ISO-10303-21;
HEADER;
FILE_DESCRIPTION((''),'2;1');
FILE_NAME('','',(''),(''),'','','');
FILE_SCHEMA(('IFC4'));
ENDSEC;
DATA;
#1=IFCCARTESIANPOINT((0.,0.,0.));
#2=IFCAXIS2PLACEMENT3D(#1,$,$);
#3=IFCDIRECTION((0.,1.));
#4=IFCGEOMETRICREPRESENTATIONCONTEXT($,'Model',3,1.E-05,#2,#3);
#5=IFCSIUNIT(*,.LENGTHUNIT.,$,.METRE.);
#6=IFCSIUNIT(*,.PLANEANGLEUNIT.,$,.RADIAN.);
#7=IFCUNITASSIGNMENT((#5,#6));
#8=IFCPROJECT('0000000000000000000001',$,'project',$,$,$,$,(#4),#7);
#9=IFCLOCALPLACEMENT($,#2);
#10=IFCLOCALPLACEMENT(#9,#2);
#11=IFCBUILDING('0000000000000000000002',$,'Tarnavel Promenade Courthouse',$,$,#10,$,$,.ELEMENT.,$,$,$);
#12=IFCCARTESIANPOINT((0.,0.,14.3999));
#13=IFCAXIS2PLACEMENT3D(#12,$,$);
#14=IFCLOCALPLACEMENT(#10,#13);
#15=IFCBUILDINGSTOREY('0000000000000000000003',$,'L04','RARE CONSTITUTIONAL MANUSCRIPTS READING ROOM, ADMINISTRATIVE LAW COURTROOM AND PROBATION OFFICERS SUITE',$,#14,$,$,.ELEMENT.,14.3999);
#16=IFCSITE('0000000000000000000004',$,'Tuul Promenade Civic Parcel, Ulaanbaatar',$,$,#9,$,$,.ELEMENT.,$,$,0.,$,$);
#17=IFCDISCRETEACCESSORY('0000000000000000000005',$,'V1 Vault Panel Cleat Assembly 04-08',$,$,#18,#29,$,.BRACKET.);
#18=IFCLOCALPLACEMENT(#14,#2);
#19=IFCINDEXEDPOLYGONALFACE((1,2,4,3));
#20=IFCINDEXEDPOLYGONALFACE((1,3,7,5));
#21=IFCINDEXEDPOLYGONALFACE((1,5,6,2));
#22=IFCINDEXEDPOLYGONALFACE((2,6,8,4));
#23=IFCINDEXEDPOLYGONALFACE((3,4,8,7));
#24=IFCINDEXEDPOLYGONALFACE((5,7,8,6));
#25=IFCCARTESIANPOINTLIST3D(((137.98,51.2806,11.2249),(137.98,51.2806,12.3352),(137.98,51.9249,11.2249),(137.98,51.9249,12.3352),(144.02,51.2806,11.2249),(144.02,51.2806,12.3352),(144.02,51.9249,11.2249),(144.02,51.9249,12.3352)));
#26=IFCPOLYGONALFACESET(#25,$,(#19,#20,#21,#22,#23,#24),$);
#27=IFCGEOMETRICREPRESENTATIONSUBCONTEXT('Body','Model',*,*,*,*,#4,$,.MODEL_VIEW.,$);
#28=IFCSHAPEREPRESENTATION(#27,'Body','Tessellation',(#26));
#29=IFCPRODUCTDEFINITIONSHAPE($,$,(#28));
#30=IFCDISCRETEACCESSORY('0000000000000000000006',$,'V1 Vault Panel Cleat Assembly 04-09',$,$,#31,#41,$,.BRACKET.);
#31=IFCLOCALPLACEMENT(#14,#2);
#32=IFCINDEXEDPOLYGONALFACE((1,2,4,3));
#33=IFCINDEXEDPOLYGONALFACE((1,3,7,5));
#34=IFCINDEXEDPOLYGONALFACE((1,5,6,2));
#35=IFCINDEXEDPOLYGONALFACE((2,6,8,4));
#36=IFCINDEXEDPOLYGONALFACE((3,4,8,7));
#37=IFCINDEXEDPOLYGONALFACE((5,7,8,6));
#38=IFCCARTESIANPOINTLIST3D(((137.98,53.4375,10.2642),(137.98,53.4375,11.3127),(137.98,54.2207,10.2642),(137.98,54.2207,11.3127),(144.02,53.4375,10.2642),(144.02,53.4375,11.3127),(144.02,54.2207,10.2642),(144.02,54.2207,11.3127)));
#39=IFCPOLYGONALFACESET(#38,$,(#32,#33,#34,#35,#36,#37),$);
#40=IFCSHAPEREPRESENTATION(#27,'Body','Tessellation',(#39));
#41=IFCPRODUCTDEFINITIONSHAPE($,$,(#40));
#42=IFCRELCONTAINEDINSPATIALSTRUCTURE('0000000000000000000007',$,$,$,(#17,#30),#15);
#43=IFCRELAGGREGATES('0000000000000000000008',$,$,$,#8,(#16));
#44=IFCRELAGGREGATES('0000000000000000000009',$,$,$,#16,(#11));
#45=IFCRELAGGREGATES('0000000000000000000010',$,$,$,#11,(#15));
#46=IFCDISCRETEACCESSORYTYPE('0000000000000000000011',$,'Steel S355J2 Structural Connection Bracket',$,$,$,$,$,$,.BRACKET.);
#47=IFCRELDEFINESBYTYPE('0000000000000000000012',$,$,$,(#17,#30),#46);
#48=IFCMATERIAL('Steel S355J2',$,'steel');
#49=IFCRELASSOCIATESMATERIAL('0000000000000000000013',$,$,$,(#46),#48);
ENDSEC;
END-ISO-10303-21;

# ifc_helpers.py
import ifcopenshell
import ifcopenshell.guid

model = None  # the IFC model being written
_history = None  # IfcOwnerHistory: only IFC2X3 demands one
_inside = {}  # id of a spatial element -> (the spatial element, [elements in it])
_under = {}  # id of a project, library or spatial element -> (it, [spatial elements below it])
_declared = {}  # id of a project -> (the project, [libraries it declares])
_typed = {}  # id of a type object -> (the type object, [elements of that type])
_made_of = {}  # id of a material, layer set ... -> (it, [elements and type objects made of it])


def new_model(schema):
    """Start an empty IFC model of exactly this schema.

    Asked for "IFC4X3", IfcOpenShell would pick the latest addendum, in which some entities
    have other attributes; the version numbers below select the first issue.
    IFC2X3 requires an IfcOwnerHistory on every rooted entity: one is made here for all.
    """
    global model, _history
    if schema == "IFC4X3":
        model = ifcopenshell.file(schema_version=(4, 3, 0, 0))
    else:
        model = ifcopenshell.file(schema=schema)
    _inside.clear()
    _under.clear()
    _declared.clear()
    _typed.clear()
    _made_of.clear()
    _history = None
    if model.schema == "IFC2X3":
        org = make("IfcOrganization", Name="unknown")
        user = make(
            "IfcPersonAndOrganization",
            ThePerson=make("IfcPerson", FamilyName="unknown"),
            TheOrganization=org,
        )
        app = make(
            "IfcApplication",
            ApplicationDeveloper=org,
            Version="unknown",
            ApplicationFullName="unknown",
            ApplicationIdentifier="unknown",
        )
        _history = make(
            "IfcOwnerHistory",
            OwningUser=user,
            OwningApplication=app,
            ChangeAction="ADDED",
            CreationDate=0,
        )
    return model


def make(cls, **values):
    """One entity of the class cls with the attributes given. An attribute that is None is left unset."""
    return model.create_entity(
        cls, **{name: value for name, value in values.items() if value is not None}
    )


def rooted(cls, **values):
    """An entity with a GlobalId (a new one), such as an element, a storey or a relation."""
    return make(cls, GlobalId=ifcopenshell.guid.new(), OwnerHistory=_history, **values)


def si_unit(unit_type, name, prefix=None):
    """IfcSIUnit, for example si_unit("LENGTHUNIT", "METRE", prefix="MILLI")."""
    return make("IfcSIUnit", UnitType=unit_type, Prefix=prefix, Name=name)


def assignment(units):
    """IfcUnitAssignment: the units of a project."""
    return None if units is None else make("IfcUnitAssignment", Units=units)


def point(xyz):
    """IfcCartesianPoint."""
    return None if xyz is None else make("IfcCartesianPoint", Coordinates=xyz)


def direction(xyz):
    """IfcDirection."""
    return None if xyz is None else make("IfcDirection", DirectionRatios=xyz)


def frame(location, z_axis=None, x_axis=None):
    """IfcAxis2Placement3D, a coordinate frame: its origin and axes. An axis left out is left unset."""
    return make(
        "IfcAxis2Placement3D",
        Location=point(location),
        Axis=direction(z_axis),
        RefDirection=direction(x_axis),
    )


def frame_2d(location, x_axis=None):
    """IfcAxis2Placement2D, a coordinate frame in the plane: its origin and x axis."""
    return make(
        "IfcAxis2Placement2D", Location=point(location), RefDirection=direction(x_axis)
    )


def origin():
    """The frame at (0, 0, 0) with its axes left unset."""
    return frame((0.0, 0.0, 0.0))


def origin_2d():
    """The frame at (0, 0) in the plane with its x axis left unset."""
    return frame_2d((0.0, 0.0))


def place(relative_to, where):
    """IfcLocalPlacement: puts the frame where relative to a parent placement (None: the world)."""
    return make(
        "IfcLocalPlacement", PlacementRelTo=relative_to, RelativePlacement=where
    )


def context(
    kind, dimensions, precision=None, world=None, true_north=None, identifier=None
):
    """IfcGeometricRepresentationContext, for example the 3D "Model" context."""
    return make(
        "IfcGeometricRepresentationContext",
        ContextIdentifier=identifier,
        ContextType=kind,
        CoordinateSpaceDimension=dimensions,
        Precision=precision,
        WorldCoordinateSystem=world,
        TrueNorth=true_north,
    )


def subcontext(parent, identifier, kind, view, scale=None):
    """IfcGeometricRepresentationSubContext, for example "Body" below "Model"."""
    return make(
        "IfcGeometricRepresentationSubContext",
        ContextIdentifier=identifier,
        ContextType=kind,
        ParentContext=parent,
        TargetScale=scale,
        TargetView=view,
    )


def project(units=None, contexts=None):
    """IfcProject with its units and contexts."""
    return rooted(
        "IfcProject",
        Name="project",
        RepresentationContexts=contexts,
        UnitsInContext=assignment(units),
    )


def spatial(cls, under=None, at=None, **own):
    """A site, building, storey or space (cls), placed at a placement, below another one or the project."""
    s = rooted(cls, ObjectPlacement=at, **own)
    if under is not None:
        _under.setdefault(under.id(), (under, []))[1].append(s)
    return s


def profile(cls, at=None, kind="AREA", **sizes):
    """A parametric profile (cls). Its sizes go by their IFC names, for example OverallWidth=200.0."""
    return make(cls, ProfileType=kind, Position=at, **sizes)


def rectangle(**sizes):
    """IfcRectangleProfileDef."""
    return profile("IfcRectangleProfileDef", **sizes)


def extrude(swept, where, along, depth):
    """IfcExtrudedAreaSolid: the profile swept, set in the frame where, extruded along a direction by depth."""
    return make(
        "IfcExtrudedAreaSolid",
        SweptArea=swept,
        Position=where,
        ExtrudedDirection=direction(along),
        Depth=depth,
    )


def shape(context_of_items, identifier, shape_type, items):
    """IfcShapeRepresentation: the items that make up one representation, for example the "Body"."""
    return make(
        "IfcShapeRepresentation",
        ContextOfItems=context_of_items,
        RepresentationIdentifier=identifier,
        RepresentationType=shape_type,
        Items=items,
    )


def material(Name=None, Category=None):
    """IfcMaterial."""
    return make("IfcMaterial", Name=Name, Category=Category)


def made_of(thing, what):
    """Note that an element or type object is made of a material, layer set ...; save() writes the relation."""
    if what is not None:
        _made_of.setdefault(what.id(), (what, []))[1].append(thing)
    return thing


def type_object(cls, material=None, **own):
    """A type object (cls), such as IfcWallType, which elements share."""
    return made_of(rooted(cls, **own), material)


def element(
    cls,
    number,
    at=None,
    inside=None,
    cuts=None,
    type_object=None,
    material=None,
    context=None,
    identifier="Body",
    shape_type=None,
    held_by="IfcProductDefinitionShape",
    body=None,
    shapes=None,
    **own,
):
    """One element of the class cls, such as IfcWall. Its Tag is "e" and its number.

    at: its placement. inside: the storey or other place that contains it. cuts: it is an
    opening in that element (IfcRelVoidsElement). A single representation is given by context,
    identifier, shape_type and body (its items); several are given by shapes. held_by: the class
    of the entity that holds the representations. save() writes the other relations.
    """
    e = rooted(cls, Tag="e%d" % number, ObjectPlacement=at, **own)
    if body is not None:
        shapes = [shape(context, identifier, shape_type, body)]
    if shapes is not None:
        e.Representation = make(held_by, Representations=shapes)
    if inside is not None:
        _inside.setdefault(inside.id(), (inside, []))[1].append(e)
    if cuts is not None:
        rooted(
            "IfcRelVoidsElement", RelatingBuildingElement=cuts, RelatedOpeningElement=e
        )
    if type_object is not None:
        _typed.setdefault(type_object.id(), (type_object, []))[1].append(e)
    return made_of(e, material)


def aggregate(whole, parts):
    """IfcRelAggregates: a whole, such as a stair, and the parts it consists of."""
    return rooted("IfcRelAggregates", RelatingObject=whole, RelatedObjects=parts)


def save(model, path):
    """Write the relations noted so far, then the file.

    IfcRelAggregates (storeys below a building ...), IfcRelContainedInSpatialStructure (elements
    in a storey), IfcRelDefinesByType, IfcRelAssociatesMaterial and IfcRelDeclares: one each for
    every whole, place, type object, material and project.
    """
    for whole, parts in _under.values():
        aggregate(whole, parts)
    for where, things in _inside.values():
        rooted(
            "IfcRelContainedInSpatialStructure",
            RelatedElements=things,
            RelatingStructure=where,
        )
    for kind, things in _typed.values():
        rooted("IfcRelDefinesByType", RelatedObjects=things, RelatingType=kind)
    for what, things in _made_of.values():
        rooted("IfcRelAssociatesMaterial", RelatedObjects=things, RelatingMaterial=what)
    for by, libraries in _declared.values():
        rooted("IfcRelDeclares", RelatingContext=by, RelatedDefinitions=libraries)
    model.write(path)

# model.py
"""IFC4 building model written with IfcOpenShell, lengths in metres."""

from ifc_helpers import new_model, si_unit, direction, frame, origin, origin_2d, place, context, subcontext, project, spatial, rectangle, extrude, material, type_object, element, save


model = new_model("IFC4")

# Units and contexts
model_context = context("Model", 3, precision=1e-05, world=origin(), true_north=direction((0.0, 1.0)))
body_context = subcontext(model_context, "Body", "Model", "MODEL_VIEW")
ifc_project = project(units=[si_unit("LENGTHUNIT", "METRE"), si_unit("PLANEANGLEUNIT", "RADIAN")], contexts=[model_context])

# Site, building, storey
site_placement = place(None, origin())
site = spatial("IfcSite", under=ifc_project, at=site_placement, Name="Tuul Promenade Civic Parcel, Ulaanbaatar", CompositionType="ELEMENT", RefElevation=0.0)
building_placement = place(site_placement, origin())
building = spatial("IfcBuilding", under=site, at=building_placement, Name="Tarnavel Promenade Courthouse", CompositionType="ELEMENT")
storey_placement = place(building_placement, frame((0.0, 0.0, 14.3999)))
storey = spatial("IfcBuildingStorey", under=building, at=storey_placement, Name="L04", Description="RARE CONSTITUTIONAL MANUSCRIPTS READING ROOM, ADMINISTRATIVE LAW COURTROOM AND PROBATION OFFICERS SUITE", CompositionType="ELEMENT", Elevation=14.3999)

# Shared definitions
ifc_material_1 = material(Name="Steel S355J2", Category="steel")

# Discrete accessories
discrete_accessory_type = type_object("IfcDiscreteAccessoryType", Name="Steel S355J2 Structural Connection Bracket", PredefinedType="BRACKET", material=ifc_material_1)
discrete_accessory_1_placement = place(storey_placement, frame((141.0, 51.6028, 11.2249), z_axis=(0.0, 0.0, 1.0), x_axis=(1.0, 0.0, 0.0)))
element("IfcDiscreteAccessory", 1, at=discrete_accessory_1_placement, inside=storey, type_object=discrete_accessory_type, Name="V1 Vault Panel Cleat Assembly 04-08", PredefinedType="BRACKET", context=body_context, shape_type="SweptSolid", body=[
    extrude(rectangle(XDim=6.04, YDim=0.6443, at=origin_2d()), origin(), (0.0, 0.0, 1.0), 1.1104),
])
discrete_accessory_2_placement = place(storey_placement, frame((141.0, 53.8291, 10.2642), z_axis=(0.0, 0.0, 1.0), x_axis=(1.0, 0.0, 0.0)))
element("IfcDiscreteAccessory", 2, at=discrete_accessory_2_placement, inside=storey, type_object=discrete_accessory_type, Name="V1 Vault Panel Cleat Assembly 04-09", PredefinedType="BRACKET", context=body_context, shape_type="SweptSolid", body=[
    extrude(rectangle(XDim=6.04, YDim=0.7832, at=origin_2d()), origin(), (0.0, 0.0, 1.0), 1.0486),
])

save(model, "model.ifc")
